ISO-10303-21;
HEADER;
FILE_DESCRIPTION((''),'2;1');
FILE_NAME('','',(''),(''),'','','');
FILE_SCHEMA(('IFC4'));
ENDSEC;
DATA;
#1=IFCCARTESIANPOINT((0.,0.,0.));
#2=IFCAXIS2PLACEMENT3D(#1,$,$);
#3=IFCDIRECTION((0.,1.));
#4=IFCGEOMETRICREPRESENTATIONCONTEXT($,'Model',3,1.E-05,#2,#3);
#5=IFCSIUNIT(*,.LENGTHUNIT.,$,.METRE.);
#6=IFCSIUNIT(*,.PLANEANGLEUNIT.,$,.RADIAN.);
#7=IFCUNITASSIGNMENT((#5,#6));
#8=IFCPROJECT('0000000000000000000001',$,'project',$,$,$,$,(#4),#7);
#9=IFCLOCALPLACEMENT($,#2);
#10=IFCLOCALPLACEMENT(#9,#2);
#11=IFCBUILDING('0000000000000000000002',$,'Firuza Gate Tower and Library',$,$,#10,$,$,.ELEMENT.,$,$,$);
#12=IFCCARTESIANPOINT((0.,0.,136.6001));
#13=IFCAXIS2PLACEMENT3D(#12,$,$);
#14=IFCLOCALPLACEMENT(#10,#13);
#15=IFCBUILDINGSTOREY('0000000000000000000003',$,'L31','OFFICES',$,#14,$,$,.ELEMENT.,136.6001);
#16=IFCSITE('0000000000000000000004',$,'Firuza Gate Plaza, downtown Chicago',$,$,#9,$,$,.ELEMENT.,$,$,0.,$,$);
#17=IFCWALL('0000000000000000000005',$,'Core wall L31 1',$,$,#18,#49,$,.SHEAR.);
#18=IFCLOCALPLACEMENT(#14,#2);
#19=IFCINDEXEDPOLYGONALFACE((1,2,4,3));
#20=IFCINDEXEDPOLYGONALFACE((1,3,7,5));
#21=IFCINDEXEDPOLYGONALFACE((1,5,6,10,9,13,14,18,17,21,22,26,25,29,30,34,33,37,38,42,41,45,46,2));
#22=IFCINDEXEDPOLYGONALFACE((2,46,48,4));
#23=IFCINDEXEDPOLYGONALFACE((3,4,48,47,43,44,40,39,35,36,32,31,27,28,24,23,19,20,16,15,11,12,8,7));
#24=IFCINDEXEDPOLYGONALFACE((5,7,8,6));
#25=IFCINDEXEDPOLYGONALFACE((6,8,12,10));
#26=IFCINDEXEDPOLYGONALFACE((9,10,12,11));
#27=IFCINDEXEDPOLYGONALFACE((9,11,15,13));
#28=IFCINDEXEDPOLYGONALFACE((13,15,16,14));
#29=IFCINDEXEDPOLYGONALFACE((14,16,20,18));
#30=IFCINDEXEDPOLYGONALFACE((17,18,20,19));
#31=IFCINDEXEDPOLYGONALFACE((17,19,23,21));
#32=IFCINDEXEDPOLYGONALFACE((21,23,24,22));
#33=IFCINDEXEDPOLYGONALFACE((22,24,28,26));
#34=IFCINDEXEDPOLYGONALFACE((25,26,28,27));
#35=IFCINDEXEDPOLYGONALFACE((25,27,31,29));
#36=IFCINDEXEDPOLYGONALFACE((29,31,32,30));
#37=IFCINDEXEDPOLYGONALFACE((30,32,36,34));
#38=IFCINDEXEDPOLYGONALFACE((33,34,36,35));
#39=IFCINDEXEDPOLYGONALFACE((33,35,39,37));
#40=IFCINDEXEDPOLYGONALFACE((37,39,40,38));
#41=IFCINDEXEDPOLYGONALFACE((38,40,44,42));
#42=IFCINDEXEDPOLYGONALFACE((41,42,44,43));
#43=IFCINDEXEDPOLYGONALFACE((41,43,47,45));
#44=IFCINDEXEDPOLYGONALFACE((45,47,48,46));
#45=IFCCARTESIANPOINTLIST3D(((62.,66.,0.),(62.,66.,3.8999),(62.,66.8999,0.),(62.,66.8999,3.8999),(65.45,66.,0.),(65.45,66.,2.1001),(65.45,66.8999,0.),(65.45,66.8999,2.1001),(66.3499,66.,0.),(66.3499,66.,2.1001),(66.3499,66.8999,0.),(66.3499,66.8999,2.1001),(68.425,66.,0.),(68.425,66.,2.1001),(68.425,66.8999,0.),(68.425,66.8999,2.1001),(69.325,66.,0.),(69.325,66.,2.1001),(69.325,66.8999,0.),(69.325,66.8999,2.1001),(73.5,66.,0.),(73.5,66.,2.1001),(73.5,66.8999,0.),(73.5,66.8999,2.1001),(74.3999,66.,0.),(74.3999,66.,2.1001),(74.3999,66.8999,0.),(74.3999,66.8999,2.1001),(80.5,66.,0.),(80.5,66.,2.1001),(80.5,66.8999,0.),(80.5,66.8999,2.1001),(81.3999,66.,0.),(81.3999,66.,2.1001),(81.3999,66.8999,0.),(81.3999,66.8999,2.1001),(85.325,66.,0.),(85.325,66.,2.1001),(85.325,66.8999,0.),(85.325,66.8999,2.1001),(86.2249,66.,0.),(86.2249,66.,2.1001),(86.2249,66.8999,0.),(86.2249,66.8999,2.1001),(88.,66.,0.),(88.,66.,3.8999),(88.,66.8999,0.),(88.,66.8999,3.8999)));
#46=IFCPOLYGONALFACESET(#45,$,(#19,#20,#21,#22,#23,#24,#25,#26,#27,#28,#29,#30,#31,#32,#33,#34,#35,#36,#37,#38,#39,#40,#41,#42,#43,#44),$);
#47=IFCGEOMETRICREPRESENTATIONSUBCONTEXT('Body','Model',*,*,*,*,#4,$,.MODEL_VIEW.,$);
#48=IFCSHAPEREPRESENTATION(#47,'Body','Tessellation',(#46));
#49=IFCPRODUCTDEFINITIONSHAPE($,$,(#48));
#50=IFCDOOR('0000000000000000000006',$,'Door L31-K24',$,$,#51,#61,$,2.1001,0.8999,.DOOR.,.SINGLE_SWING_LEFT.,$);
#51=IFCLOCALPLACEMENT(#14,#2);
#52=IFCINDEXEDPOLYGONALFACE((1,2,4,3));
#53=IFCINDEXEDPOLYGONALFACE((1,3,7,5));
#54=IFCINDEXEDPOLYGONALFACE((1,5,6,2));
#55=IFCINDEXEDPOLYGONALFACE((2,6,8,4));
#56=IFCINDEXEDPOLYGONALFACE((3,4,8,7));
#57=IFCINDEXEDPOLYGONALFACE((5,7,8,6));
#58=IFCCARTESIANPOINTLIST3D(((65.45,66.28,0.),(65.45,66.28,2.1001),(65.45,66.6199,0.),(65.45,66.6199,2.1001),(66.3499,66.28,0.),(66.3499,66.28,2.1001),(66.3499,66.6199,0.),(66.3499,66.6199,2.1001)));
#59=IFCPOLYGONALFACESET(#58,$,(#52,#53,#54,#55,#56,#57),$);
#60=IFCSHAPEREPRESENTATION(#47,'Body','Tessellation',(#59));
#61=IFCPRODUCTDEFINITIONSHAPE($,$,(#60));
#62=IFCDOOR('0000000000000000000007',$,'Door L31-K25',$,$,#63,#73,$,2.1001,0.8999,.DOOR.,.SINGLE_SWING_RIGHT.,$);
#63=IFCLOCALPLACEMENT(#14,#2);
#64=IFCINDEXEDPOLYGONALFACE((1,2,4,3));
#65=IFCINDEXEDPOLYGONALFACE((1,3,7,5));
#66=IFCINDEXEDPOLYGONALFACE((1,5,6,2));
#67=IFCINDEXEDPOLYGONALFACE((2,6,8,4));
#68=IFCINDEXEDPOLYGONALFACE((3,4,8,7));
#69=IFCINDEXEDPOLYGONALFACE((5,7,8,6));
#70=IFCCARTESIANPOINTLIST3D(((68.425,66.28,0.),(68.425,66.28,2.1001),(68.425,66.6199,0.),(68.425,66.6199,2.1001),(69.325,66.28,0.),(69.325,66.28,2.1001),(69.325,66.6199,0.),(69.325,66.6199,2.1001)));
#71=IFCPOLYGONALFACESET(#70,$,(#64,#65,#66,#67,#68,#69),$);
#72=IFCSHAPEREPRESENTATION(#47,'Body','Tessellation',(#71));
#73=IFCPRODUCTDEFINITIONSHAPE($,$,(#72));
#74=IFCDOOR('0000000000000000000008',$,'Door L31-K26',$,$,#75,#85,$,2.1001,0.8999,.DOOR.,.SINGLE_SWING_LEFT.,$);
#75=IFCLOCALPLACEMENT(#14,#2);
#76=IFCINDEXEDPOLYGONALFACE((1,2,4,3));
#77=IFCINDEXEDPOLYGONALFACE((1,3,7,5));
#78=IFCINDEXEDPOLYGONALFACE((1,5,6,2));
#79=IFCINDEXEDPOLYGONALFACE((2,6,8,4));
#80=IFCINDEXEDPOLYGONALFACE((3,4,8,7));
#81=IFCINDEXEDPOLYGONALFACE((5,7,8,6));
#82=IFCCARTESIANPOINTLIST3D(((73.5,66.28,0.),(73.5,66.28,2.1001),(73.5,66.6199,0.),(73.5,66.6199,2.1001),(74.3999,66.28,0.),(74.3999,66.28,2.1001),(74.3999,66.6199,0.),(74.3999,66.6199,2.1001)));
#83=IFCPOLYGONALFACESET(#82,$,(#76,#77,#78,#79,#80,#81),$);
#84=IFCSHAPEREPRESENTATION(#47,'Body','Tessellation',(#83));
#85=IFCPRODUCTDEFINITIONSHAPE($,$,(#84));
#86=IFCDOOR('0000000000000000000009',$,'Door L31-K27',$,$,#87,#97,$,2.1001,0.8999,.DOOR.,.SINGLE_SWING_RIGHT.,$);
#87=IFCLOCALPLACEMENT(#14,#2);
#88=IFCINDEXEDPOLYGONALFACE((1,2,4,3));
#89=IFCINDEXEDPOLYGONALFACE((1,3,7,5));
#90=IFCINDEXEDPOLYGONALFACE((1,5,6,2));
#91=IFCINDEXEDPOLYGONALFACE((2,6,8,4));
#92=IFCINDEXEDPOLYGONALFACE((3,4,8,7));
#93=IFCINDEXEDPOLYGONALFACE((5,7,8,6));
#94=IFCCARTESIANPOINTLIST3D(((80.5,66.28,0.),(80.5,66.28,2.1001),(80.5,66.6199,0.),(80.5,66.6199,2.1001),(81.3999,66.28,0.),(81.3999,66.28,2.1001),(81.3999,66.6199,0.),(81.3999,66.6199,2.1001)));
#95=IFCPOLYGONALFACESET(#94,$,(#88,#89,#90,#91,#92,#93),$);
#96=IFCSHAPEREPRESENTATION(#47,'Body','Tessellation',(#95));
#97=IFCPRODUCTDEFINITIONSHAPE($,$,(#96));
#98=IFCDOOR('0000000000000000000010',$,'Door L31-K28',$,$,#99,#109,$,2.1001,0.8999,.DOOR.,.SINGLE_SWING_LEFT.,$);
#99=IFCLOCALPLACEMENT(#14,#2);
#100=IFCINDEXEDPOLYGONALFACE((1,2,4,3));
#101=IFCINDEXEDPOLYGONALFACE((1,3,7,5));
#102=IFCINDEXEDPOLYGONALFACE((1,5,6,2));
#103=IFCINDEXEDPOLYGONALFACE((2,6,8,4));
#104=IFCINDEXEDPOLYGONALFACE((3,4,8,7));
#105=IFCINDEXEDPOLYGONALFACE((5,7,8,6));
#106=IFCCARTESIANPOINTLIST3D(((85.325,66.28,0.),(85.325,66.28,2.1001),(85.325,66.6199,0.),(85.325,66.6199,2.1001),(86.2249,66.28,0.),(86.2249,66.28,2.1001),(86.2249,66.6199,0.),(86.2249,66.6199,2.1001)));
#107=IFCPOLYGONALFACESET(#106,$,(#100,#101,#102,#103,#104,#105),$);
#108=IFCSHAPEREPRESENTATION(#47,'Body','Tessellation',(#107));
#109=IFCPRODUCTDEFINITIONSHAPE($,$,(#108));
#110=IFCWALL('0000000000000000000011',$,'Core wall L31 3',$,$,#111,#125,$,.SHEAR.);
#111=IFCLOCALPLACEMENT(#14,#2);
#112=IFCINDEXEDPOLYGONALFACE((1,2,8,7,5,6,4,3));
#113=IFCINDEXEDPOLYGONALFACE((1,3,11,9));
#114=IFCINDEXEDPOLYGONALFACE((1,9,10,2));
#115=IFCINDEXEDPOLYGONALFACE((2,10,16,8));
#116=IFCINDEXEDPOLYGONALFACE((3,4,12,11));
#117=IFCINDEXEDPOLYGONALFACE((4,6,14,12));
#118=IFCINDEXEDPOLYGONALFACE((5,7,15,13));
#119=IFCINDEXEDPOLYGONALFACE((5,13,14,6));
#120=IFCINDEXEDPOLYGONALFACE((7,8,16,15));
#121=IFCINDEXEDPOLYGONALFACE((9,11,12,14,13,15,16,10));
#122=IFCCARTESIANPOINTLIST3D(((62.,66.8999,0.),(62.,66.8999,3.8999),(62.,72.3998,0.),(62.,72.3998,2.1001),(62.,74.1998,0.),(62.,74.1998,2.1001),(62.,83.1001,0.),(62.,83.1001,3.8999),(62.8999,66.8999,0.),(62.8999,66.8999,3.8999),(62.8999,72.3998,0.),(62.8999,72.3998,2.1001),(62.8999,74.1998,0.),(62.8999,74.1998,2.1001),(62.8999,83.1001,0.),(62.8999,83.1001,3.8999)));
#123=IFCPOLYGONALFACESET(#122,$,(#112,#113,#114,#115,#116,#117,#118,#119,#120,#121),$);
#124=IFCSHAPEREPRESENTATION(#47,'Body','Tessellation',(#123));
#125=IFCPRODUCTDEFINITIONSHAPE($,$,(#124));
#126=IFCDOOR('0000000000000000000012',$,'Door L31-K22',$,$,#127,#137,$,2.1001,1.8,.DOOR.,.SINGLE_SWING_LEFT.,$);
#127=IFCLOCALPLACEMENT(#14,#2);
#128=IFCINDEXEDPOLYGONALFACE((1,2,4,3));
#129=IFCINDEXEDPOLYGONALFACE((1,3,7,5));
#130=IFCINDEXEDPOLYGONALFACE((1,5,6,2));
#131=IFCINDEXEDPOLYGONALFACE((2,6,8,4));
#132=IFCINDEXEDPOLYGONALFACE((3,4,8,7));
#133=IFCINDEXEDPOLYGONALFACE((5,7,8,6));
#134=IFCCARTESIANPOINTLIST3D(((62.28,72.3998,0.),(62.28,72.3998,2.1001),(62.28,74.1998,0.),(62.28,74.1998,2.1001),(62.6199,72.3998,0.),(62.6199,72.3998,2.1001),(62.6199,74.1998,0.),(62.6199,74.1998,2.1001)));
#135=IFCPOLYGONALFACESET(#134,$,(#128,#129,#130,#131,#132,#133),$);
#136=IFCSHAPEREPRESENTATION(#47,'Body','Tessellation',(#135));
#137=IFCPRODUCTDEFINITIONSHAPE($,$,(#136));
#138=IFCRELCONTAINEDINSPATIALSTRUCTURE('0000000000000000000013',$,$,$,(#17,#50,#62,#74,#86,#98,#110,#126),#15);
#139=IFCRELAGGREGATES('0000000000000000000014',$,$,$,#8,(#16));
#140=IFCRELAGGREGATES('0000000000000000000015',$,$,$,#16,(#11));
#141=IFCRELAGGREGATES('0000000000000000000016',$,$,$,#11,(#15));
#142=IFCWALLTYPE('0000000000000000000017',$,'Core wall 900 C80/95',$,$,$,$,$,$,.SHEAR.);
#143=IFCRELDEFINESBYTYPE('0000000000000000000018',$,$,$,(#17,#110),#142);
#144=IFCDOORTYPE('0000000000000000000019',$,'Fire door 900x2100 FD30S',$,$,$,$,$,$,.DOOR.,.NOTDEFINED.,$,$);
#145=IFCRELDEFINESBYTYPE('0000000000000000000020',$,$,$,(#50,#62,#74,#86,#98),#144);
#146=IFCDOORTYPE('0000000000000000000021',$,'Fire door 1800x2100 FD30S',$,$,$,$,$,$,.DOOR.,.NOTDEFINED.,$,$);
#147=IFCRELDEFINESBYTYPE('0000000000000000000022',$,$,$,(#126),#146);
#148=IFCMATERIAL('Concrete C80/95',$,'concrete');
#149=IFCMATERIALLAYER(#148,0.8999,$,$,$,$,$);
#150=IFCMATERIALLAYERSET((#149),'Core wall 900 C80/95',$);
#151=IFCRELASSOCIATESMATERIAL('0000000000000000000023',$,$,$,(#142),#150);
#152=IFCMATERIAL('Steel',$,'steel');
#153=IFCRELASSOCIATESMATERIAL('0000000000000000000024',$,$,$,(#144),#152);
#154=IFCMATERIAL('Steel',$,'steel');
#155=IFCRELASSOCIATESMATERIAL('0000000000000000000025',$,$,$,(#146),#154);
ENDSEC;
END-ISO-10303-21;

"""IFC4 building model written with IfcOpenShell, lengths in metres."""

from ifc_helpers import new_model, si_unit, direction, frame, frame_2d, origin, place, context, subcontext, project, spatial, rectangle, extrude, material, layer, layer_set, type_object, element, fill, save


model = new_model("IFC4")

# Units and contexts
model_context = context("Model", 3, precision=1e-05, world=origin(), true_north=direction((0.0, 1.0)))
body_context = subcontext(model_context, "Body", "Model", "MODEL_VIEW")
ifc_project = project(units=[si_unit("LENGTHUNIT", "METRE"), si_unit("PLANEANGLEUNIT", "RADIAN")], contexts=[model_context])

# Site, building, storey
site_placement = place(None, origin())
site = spatial("IfcSite", under=ifc_project, at=site_placement, Name="Firuza Gate Plaza, downtown Chicago", CompositionType="ELEMENT", RefElevation=0.0)
building_placement = place(site_placement, origin())
building = spatial("IfcBuilding", under=site, at=building_placement, Name="Firuza Gate Tower and Library", CompositionType="ELEMENT")
storey_placement = place(building_placement, frame((0.0, 0.0, 136.6001)))
storey = spatial("IfcBuildingStorey", under=building, at=storey_placement, Name="L31", Description="OFFICES", CompositionType="ELEMENT", Elevation=136.6001)

# Wall, openings, doors
ifc_material_1 = material(Name="Concrete C80/95", Category="concrete")
ifc_layer_1 = layer(ifc_material_1, 0.8999)
ifc_layer_set_1 = layer_set([ifc_layer_1], Name="Core wall 900 C80/95")
wall_type_1 = type_object("IfcWallType", Name="Core wall 900 C80/95", PredefinedType="SHEAR", material=ifc_layer_set_1)
wall_1_placement = place(storey_placement, frame((62.0, 66.45, 0.0), z_axis=(0.0, 0.0, 1.0), x_axis=(1.0, 0.0, 0.0)))
wall_1 = element("IfcWall", 1, at=wall_1_placement, inside=storey, type_object=wall_type_1, Name="Core wall L31 1", PredefinedType="SHEAR", context=body_context, shape_type="SweptSolid", body=[
    extrude(rectangle(XDim=26.0, YDim=0.8999, at=frame_2d((13.0, 0.0))), origin(), (0.0, 0.0, 1.0), 3.8999),
])
opening_1_placement = place(wall_1_placement, frame((3.45, 0.0, 0.0)))
opening_1 = element("IfcOpeningElement", 2, at=opening_1_placement, cuts=wall_1, PredefinedType="OPENING", context=body_context, shape_type="SweptSolid", body=[
    extrude(rectangle(XDim=0.8999, YDim=2.1001, at=frame_2d((0.45, 1.05))), frame((0.0, 0.46, 0.0), z_axis=(0.0, -1.0, 0.0), x_axis=(1.0, 0.0, 0.0)), (0.0, 0.0, 1.0), 0.9199),
])
opening_2_placement = place(wall_1_placement, frame((6.425, 0.0, 0.0)))
opening_2 = element("IfcOpeningElement", 3, at=opening_2_placement, cuts=wall_1, PredefinedType="OPENING", context=body_context, shape_type="SweptSolid", body=[
    extrude(rectangle(XDim=0.8999, YDim=2.1001, at=frame_2d((0.45, 1.05))), frame((0.0, 0.46, 0.0), z_axis=(0.0, -1.0, 0.0), x_axis=(1.0, 0.0, 0.0)), (0.0, 0.0, 1.0), 0.9199),
])
opening_3_placement = place(wall_1_placement, frame((11.5, 0.0, 0.0)))
opening_3 = element("IfcOpeningElement", 4, at=opening_3_placement, cuts=wall_1, PredefinedType="OPENING", context=body_context, shape_type="SweptSolid", body=[
    extrude(rectangle(XDim=0.8999, YDim=2.1001, at=frame_2d((0.45, 1.05))), frame((0.0, 0.46, 0.0), z_axis=(0.0, -1.0, 0.0), x_axis=(1.0, 0.0, 0.0)), (0.0, 0.0, 1.0), 0.9199),
])
opening_4_placement = place(wall_1_placement, frame((18.5, 0.0, 0.0)))
opening_4 = element("IfcOpeningElement", 5, at=opening_4_placement, cuts=wall_1, PredefinedType="OPENING", context=body_context, shape_type="SweptSolid", body=[
    extrude(rectangle(XDim=0.8999, YDim=2.1001, at=frame_2d((0.45, 1.05))), frame((0.0, 0.46, 0.0), z_axis=(0.0, -1.0, 0.0), x_axis=(1.0, 0.0, 0.0)), (0.0, 0.0, 1.0), 0.9199),
])
opening_5_placement = place(wall_1_placement, frame((23.325, 0.0, 0.0)))
opening_5 = element("IfcOpeningElement", 6, at=opening_5_placement, cuts=wall_1, PredefinedType="OPENING", context=body_context, shape_type="SweptSolid", body=[
    extrude(rectangle(XDim=0.8999, YDim=2.1001, at=frame_2d((0.45, 1.05))), frame((0.0, 0.46, 0.0), z_axis=(0.0, -1.0, 0.0), x_axis=(1.0, 0.0, 0.0)), (0.0, 0.0, 1.0), 0.9199),
])
ifc_material_2 = material(Name="Steel", Category="steel")
door_type_1 = type_object("IfcDoorType", Name="Fire door 900x2100 FD30S", OperationType="NOTDEFINED", PredefinedType="DOOR", material=ifc_material_2)
door_1_placement = place(opening_1_placement, origin())
door_1 = element("IfcDoor", 7, at=door_1_placement, inside=storey, type_object=door_type_1, Name="Door L31-K24", OperationType="SINGLE_SWING_LEFT", OverallHeight=2.1001, OverallWidth=0.8999, PredefinedType="DOOR", context=body_context, shape_type="SweptSolid", body=[
    extrude(rectangle(XDim=0.8999, YDim=2.1001, at=frame_2d((0.45, 1.05))), frame((0.0, 0.1699, 0.0), z_axis=(0.0, -1.0, 0.0), x_axis=(1.0, 0.0, 0.0)), (0.0, 0.0, 1.0), 0.3398),
])
fill(opening_1, door_1)
door_2_placement = place(opening_2_placement, origin())
door_2 = element("IfcDoor", 8, at=door_2_placement, inside=storey, type_object=door_type_1, Name="Door L31-K25", OperationType="SINGLE_SWING_RIGHT", OverallHeight=2.1001, OverallWidth=0.8999, PredefinedType="DOOR", context=body_context, shape_type="SweptSolid", body=[
    extrude(rectangle(XDim=0.8999, YDim=2.1001, at=frame_2d((0.45, 1.05))), frame((0.0, 0.1699, 0.0), z_axis=(0.0, -1.0, 0.0), x_axis=(1.0, 0.0, 0.0)), (0.0, 0.0, 1.0), 0.3398),
])
fill(opening_2, door_2)
door_3_placement = place(opening_3_placement, origin())
door_3 = element("IfcDoor", 9, at=door_3_placement, inside=storey, type_object=door_type_1, Name="Door L31-K26", OperationType="SINGLE_SWING_LEFT", OverallHeight=2.1001, OverallWidth=0.8999, PredefinedType="DOOR", context=body_context, shape_type="SweptSolid", body=[
    extrude(rectangle(XDim=0.8999, YDim=2.1001, at=frame_2d((0.45, 1.05))), frame((0.0, 0.1699, 0.0), z_axis=(0.0, -1.0, 0.0), x_axis=(1.0, 0.0, 0.0)), (0.0, 0.0, 1.0), 0.3398),
])
fill(opening_3, door_3)
door_4_placement = place(opening_4_placement, origin())
door_4 = element("IfcDoor", 10, at=door_4_placement, inside=storey, type_object=door_type_1, Name="Door L31-K27", OperationType="SINGLE_SWING_RIGHT", OverallHeight=2.1001, OverallWidth=0.8999, PredefinedType="DOOR", context=body_context, shape_type="SweptSolid", body=[
    extrude(rectangle(XDim=0.8999, YDim=2.1001, at=frame_2d((0.45, 1.05))), frame((0.0, 0.1699, 0.0), z_axis=(0.0, -1.0, 0.0), x_axis=(1.0, 0.0, 0.0)), (0.0, 0.0, 1.0), 0.3398),
])
fill(opening_4, door_4)
door_5_placement = place(opening_5_placement, origin())
door_5 = element("IfcDoor", 11, at=door_5_placement, inside=storey, type_object=door_type_1, Name="Door L31-K28", OperationType="SINGLE_SWING_LEFT", OverallHeight=2.1001, OverallWidth=0.8999, PredefinedType="DOOR", context=body_context, shape_type="SweptSolid", body=[
    extrude(rectangle(XDim=0.8999, YDim=2.1001, at=frame_2d((0.45, 1.05))), frame((0.0, 0.1699, 0.0), z_axis=(0.0, -1.0, 0.0), x_axis=(1.0, 0.0, 0.0)), (0.0, 0.0, 1.0), 0.3398),
])
fill(opening_5, door_5)

# Wall, opening, door
wall_2_placement = place(storey_placement, frame((62.45, 66.8999, 0.0), z_axis=(0.0, 0.0, 1.0), x_axis=(0.0, 1.0, 0.0)))
wall_2 = element("IfcWall", 12, at=wall_2_placement, inside=storey, type_object=wall_type_1, Name="Core wall L31 3", PredefinedType="SHEAR", context=body_context, shape_type="SweptSolid", body=[
    extrude(rectangle(XDim=16.2002, YDim=0.8999, at=frame_2d((8.1001, 0.0))), origin(), (0.0, 0.0, 1.0), 3.8999),
])
opening_6_placement = place(wall_2_placement, frame((5.5, 0.0, 0.0)))
opening_6 = element("IfcOpeningElement", 13, at=opening_6_placement, cuts=wall_2, PredefinedType="OPENING", context=body_context, shape_type="SweptSolid", body=[
    extrude(rectangle(XDim=1.8, YDim=2.1001, at=frame_2d((0.8999, 1.05))), frame((0.0, 0.46, 0.0), z_axis=(0.0, -1.0, 0.0), x_axis=(1.0, 0.0, 0.0)), (0.0, 0.0, 1.0), 0.9199),
])
ifc_material_3 = material(Name="Steel", Category="steel")
door_type_2 = type_object("IfcDoorType", Name="Fire door 1800x2100 FD30S", OperationType="NOTDEFINED", PredefinedType="DOOR", material=ifc_material_3)
door_6_placement = place(opening_6_placement, origin())
door_6 = element("IfcDoor", 14, at=door_6_placement, inside=storey, type_object=door_type_2, Name="Door L31-K22", OperationType="SINGLE_SWING_LEFT", OverallHeight=2.1001, OverallWidth=1.8, PredefinedType="DOOR", context=body_context, shape_type="SweptSolid", body=[
    extrude(rectangle(XDim=1.8, YDim=2.1001, at=frame_2d((0.8999, 1.05))), frame((0.0, 0.1699, 0.0), z_axis=(0.0, -1.0, 0.0), x_axis=(1.0, 0.0, 0.0)), (0.0, 0.0, 1.0), 0.3398),
])
fill(opening_6, door_6)

save(model, "model.ifc")
